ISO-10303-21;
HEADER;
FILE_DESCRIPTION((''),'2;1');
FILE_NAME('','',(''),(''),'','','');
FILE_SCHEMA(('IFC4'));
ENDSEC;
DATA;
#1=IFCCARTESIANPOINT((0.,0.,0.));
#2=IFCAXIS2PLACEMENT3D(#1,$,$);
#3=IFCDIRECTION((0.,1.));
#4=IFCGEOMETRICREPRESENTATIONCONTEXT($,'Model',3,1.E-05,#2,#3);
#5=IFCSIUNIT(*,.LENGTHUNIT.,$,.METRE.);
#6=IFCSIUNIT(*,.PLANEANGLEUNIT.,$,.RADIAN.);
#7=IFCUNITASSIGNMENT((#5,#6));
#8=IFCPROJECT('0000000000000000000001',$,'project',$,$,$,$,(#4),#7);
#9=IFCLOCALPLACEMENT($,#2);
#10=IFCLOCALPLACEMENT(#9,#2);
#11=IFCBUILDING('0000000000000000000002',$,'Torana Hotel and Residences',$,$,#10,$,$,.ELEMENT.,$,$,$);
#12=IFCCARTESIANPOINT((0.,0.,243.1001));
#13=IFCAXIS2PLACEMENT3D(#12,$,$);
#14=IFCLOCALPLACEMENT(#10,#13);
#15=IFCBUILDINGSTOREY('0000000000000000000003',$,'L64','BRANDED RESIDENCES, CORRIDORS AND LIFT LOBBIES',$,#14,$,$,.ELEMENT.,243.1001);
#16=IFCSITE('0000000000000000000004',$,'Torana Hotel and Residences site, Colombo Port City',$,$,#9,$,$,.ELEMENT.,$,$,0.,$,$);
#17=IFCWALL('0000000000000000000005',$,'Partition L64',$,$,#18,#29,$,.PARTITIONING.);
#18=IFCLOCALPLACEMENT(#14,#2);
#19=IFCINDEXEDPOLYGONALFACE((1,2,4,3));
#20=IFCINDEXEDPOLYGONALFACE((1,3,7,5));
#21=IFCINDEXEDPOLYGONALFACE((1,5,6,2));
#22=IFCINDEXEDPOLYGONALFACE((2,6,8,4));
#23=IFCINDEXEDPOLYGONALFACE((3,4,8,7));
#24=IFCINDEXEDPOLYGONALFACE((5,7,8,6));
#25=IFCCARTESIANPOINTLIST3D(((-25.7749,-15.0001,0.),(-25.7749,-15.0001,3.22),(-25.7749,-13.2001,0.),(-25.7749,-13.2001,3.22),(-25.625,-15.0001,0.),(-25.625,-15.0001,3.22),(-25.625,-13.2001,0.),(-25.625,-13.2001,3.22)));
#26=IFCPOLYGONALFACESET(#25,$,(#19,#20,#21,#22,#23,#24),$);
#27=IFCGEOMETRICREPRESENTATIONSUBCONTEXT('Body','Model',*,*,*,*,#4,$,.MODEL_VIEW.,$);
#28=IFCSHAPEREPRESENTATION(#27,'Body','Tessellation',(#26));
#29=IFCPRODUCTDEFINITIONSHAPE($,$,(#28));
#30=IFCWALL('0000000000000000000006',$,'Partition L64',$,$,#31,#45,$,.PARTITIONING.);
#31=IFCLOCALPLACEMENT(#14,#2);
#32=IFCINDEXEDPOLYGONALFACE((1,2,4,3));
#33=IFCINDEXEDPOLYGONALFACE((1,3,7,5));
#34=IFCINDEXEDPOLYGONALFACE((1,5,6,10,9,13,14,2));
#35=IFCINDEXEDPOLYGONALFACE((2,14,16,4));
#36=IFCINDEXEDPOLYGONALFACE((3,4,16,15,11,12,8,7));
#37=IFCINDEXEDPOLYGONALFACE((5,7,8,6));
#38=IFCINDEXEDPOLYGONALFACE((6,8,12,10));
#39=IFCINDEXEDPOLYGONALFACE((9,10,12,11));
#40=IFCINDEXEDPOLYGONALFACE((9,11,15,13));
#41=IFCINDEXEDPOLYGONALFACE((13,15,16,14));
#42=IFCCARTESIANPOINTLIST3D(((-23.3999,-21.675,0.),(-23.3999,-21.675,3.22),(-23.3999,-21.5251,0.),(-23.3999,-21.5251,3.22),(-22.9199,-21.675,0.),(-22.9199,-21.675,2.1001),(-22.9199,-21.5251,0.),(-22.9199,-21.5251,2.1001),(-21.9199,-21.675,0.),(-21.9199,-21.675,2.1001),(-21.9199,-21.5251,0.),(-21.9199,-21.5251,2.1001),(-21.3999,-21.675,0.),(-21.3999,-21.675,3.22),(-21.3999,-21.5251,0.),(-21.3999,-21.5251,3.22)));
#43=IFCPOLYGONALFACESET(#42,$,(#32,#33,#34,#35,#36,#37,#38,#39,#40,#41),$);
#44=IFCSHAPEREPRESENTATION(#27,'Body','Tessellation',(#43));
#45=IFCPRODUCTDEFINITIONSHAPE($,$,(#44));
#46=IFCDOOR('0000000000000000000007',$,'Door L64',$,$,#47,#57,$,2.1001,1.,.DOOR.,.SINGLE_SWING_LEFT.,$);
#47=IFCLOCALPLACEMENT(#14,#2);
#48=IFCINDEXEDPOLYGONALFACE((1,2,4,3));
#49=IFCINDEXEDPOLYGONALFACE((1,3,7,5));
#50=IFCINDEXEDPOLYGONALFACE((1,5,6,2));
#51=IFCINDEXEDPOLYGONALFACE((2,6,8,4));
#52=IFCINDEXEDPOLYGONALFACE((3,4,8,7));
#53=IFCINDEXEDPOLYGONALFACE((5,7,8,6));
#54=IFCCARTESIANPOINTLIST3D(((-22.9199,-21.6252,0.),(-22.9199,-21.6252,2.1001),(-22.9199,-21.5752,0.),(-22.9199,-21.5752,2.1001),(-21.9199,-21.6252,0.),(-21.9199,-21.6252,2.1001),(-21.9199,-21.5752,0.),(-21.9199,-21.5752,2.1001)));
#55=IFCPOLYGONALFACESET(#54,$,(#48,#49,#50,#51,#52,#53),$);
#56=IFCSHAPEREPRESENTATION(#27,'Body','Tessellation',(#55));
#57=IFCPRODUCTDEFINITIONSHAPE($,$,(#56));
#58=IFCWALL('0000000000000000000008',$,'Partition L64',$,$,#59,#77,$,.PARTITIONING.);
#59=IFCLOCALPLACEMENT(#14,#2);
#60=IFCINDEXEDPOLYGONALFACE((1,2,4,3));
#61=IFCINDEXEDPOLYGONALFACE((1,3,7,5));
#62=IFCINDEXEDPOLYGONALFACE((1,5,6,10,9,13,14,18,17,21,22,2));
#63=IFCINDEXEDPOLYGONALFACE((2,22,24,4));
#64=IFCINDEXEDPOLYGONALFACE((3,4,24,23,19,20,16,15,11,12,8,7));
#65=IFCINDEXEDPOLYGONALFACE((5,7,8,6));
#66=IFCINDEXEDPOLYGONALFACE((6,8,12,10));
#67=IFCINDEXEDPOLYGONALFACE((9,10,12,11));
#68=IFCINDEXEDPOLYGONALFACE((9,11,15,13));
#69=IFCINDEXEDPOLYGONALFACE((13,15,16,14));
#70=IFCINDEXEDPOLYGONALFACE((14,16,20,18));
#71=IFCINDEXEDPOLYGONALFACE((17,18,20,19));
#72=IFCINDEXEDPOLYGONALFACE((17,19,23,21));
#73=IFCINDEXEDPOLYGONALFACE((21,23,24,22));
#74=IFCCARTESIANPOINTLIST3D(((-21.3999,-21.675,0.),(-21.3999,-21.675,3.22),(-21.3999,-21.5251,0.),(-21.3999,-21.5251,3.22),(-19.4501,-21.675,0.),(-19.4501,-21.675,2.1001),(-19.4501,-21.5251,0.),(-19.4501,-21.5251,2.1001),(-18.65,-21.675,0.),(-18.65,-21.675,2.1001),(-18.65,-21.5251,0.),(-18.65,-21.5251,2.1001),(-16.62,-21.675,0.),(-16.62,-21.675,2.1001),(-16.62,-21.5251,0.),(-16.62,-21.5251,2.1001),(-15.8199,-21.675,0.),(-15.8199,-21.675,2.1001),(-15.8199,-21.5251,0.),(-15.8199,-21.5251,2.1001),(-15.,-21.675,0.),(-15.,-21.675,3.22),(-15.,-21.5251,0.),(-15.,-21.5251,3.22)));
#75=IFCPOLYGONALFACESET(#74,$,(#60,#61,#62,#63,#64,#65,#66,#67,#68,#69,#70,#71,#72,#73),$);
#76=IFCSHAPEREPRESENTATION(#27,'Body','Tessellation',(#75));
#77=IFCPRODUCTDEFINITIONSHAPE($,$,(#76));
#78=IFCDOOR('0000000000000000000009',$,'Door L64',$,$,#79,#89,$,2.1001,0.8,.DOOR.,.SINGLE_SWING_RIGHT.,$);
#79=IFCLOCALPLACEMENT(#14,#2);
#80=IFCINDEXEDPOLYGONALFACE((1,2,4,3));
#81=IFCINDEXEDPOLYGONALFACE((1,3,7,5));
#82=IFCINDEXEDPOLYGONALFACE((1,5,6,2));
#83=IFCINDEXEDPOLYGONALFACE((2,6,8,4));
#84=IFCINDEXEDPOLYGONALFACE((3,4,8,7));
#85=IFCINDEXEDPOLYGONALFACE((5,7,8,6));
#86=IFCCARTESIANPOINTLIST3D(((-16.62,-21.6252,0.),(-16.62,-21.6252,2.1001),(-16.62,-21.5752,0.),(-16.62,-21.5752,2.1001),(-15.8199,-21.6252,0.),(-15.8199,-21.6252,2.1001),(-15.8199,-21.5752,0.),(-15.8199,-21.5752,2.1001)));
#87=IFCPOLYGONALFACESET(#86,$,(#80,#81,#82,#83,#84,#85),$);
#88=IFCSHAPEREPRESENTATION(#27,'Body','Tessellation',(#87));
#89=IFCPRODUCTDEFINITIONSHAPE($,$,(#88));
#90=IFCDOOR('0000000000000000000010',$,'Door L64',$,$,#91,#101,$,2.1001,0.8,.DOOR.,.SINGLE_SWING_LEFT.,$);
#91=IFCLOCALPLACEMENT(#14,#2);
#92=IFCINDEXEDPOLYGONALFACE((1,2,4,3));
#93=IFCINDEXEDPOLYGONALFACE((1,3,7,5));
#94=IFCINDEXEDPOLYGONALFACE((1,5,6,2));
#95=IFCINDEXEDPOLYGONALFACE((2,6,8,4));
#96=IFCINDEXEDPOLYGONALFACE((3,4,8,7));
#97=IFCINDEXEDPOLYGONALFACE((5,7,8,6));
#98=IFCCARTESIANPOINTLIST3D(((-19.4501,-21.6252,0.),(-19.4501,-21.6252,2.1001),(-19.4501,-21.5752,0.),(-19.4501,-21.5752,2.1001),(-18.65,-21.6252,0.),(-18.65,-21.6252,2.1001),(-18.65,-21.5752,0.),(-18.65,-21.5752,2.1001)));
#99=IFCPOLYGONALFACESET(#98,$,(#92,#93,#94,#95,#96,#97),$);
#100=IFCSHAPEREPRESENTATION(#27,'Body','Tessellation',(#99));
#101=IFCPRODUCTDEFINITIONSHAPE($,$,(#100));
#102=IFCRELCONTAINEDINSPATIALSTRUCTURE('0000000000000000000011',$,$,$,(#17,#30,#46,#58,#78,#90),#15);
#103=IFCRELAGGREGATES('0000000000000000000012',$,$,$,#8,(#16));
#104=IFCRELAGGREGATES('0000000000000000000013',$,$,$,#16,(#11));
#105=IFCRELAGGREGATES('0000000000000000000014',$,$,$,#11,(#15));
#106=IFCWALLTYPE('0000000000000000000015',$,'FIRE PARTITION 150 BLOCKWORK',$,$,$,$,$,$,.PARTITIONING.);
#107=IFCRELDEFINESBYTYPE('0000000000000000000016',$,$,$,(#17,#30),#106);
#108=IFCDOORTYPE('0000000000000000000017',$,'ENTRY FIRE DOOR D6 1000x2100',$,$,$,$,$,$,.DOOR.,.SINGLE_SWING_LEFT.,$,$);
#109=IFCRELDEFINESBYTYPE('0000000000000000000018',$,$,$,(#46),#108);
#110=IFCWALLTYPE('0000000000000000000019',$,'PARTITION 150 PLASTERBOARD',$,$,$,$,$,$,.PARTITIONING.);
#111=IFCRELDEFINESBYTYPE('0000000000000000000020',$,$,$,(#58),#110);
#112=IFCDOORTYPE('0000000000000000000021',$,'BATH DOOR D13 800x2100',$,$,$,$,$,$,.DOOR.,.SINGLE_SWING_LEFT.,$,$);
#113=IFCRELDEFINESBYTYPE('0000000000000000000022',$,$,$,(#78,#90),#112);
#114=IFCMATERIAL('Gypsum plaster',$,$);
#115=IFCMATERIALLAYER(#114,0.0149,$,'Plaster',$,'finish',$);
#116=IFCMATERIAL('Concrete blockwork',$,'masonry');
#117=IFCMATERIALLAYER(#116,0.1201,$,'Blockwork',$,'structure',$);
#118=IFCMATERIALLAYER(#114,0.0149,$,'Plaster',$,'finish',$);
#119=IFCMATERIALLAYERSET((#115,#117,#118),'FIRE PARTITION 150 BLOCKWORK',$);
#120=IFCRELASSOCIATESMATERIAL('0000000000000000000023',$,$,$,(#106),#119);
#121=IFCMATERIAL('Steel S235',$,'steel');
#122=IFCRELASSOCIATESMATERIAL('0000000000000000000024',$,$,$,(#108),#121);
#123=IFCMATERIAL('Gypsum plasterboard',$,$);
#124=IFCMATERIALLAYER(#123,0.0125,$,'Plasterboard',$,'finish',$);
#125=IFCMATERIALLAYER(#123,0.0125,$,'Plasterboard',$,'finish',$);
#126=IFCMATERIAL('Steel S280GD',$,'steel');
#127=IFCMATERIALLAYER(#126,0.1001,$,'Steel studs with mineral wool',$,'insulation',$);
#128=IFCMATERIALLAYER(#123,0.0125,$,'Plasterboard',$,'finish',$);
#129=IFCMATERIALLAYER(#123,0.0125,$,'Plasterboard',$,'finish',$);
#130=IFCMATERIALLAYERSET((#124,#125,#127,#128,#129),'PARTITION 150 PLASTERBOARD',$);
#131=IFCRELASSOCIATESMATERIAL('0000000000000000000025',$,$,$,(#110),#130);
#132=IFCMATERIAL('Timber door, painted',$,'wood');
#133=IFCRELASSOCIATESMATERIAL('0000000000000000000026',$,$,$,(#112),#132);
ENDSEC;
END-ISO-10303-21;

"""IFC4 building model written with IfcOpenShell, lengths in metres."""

from ifc_helpers import new_model, si_unit, direction, frame, frame_2d, origin, place, context, subcontext, project, spatial, rectangle, extrude, material, layer, layer_set, type_object, element, fill, save


model = new_model("IFC4")

# Units and contexts
model_context = context("Model", 3, precision=1e-05, world=origin(), true_north=direction((0.0, 1.0)))
body_context = subcontext(model_context, "Body", "Model", "MODEL_VIEW")
ifc_project = project(units=[si_unit("LENGTHUNIT", "METRE"), si_unit("PLANEANGLEUNIT", "RADIAN")], contexts=[model_context])

# Site, building, storey
site_placement = place(None, origin())
site = spatial("IfcSite", under=ifc_project, at=site_placement, Name="Torana Hotel and Residences site, Colombo Port City", CompositionType="ELEMENT", RefElevation=0.0)
building_placement = place(site_placement, origin())
building = spatial("IfcBuilding", under=site, at=building_placement, Name="Torana Hotel and Residences", CompositionType="ELEMENT")
storey_placement = place(building_placement, frame((0.0, 0.0, 243.1001)))
storey = spatial("IfcBuildingStorey", under=building, at=storey_placement, Name="L64", Description="BRANDED RESIDENCES, CORRIDORS AND LIFT LOBBIES", CompositionType="ELEMENT", Elevation=243.1001)

# Shared definitions
ifc_material_1 = material(Name="Gypsum plaster")
ifc_layer_1 = layer(ifc_material_1, 0.0149, Name="Plaster", Category="finish")
ifc_material_2 = material(Name="Concrete blockwork", Category="masonry")
ifc_layer_2 = layer(ifc_material_2, 0.1201, Name="Blockwork", Category="structure")
ifc_layer_3 = layer(ifc_material_1, 0.0149, Name="Plaster", Category="finish")
ifc_layer_set_1 = layer_set([ifc_layer_1, ifc_layer_2, ifc_layer_3], Name="FIRE PARTITION 150 BLOCKWORK")
wall_type_1 = type_object("IfcWallType", Name="FIRE PARTITION 150 BLOCKWORK", PredefinedType="PARTITIONING", material=ifc_layer_set_1)

# Shared definitions
ifc_material_3 = material(Name="Steel S235", Category="steel")
door_type_1 = type_object("IfcDoorType", Name="ENTRY FIRE DOOR D6 1000x2100", OperationType="SINGLE_SWING_LEFT", PredefinedType="DOOR", material=ifc_material_3)

# Wall
wall_1_placement = place(storey_placement, frame((-25.7, -15.0, 0.0), z_axis=(0.0, 0.0, 1.0), x_axis=(0.0, 1.0, 0.0)))
element("IfcWall", 1, at=wall_1_placement, inside=storey, type_object=wall_type_1, Name="Partition L64", PredefinedType="PARTITIONING", context=body_context, shape_type="SweptSolid", body=[
    extrude(rectangle(XDim=1.8, YDim=0.1499, at=frame_2d((0.8999, 0.0))), origin(), (0.0, 0.0, 1.0), 3.22),
])

# Wall, opening, door
wall_2_placement = place(storey_placement, frame((-23.3999, -21.6001, 0.0), z_axis=(0.0, 0.0, 1.0), x_axis=(1.0, 0.0, 0.0)))
wall_2 = element("IfcWall", 2, at=wall_2_placement, inside=storey, type_object=wall_type_1, Name="Partition L64", PredefinedType="PARTITIONING", context=body_context, shape_type="SweptSolid", body=[
    extrude(rectangle(XDim=2.0, YDim=0.1499, at=frame_2d((1.0, 0.0))), origin(), (0.0, 0.0, 1.0), 3.22),
])
opening_1_placement = place(wall_2_placement, frame((0.48, 0.0, 0.0)))
opening_1 = element("IfcOpeningElement", 3, at=opening_1_placement, cuts=wall_2, PredefinedType="OPENING", context=body_context, shape_type="SweptSolid", body=[
    extrude(rectangle(XDim=1.0, YDim=2.1001, at=frame_2d((0.5, 1.05))), frame((0.0, 0.085, 0.0), z_axis=(0.0, -1.0, 0.0), x_axis=(1.0, 0.0, 0.0)), (0.0, 0.0, 1.0), 0.1699),
])
door_1_placement = place(opening_1_placement, frame((0.5, 0.0, 0.0), z_axis=(0.0, 0.0, 1.0), x_axis=(-1.0, 0.0, 0.0)))
door_1 = element("IfcDoor", 4, at=door_1_placement, inside=storey, type_object=door_type_1, Name="Door L64", OperationType="SINGLE_SWING_LEFT", OverallHeight=2.1001, OverallWidth=1.0, PredefinedType="DOOR", context=body_context, shape_type="SweptSolid", body=[
    extrude(rectangle(XDim=1.0, YDim=2.1001, at=frame_2d((0.0, 1.05))), frame((0.0, -0.0249, 0.0), z_axis=(0.0, 1.0, 0.0), x_axis=(-1.0, 0.0, 0.0)), (0.0, 0.0, 1.0), 0.05),
])
fill(opening_1, door_1)

# Wall, openings, doors
ifc_material_4 = material(Name="Gypsum plasterboard")
ifc_layer_4 = layer(ifc_material_4, 0.0125, Name="Plasterboard", Category="finish")
ifc_layer_5 = layer(ifc_material_4, 0.0125, Name="Plasterboard", Category="finish")
ifc_material_5 = material(Name="Steel S280GD", Category="steel")
ifc_layer_6 = layer(ifc_material_5, 0.1001, Name="Steel studs with mineral wool", Category="insulation")
ifc_layer_7 = layer(ifc_material_4, 0.0125, Name="Plasterboard", Category="finish")
ifc_layer_8 = layer(ifc_material_4, 0.0125, Name="Plasterboard", Category="finish")
ifc_layer_set_2 = layer_set([ifc_layer_4, ifc_layer_5, ifc_layer_6, ifc_layer_7, ifc_layer_8], Name="PARTITION 150 PLASTERBOARD")
wall_type_2 = type_object("IfcWallType", Name="PARTITION 150 PLASTERBOARD", PredefinedType="PARTITIONING", material=ifc_layer_set_2)
wall_3_placement = place(storey_placement, frame((-21.3999, -21.6001, 0.0), z_axis=(0.0, 0.0, 1.0), x_axis=(1.0, 0.0, 0.0)))
wall_3 = element("IfcWall", 5, at=wall_3_placement, inside=storey, type_object=wall_type_2, Name="Partition L64", PredefinedType="PARTITIONING", context=body_context, shape_type="SweptSolid", body=[
    extrude(rectangle(XDim=6.3999, YDim=0.1499, at=frame_2d((3.2, 0.0))), origin(), (0.0, 0.0, 1.0), 3.22),
])
opening_2_placement = place(wall_3_placement, frame((4.78, 0.0, 0.0)))
opening_2 = element("IfcOpeningElement", 6, at=opening_2_placement, cuts=wall_3, PredefinedType="OPENING", context=body_context, shape_type="SweptSolid", body=[
    extrude(rectangle(XDim=0.8, YDim=2.1001, at=frame_2d((0.3999, 1.05))), frame((0.0, 0.085, 0.0), z_axis=(0.0, -1.0, 0.0), x_axis=(1.0, 0.0, 0.0)), (0.0, 0.0, 1.0), 0.1699),
])
opening_3_placement = place(wall_3_placement, frame((1.95, 0.0, 0.0)))
opening_3 = element("IfcOpeningElement", 7, at=opening_3_placement, cuts=wall_3, PredefinedType="OPENING", context=body_context, shape_type="SweptSolid", body=[
    extrude(rectangle(XDim=0.8, YDim=2.1001, at=frame_2d((0.3999, 1.05))), frame((0.0, 0.085, 0.0), z_axis=(0.0, -1.0, 0.0), x_axis=(1.0, 0.0, 0.0)), (0.0, 0.0, 1.0), 0.1699),
])
ifc_material_6 = material(Name="Timber door, painted", Category="wood")
door_type_2 = type_object("IfcDoorType", Name="BATH DOOR D13 800x2100", OperationType="SINGLE_SWING_LEFT", PredefinedType="DOOR", material=ifc_material_6)
door_2_placement = place(opening_2_placement, origin())
door_2 = element("IfcDoor", 8, at=door_2_placement, inside=storey, type_object=door_type_2, Name="Door L64", OperationType="SINGLE_SWING_RIGHT", OverallHeight=2.1001, OverallWidth=0.8, PredefinedType="DOOR", context=body_context, shape_type="SweptSolid", body=[
    extrude(rectangle(XDim=0.8, YDim=2.1001, at=frame_2d((0.3999, 1.05))), frame((0.0, 0.0249, 0.0), z_axis=(0.0, -1.0, 0.0), x_axis=(1.0, 0.0, 0.0)), (0.0, 0.0, 1.0), 0.05),
])
fill(opening_2, door_2)
door_3_placement = place(opening_3_placement, origin())
door_3 = element("IfcDoor", 9, at=door_3_placement, inside=storey, type_object=door_type_2, Name="Door L64", OperationType="SINGLE_SWING_LEFT", OverallHeight=2.1001, OverallWidth=0.8, PredefinedType="DOOR", context=body_context, shape_type="SweptSolid", body=[
    extrude(rectangle(XDim=0.8, YDim=2.1001, at=frame_2d((0.3999, 1.05))), frame((0.0, 0.0249, 0.0), z_axis=(0.0, -1.0, 0.0), x_axis=(1.0, 0.0, 0.0)), (0.0, 0.0, 1.0), 0.05),
])
fill(opening_3, door_3)

save(model, "model.ifc")
